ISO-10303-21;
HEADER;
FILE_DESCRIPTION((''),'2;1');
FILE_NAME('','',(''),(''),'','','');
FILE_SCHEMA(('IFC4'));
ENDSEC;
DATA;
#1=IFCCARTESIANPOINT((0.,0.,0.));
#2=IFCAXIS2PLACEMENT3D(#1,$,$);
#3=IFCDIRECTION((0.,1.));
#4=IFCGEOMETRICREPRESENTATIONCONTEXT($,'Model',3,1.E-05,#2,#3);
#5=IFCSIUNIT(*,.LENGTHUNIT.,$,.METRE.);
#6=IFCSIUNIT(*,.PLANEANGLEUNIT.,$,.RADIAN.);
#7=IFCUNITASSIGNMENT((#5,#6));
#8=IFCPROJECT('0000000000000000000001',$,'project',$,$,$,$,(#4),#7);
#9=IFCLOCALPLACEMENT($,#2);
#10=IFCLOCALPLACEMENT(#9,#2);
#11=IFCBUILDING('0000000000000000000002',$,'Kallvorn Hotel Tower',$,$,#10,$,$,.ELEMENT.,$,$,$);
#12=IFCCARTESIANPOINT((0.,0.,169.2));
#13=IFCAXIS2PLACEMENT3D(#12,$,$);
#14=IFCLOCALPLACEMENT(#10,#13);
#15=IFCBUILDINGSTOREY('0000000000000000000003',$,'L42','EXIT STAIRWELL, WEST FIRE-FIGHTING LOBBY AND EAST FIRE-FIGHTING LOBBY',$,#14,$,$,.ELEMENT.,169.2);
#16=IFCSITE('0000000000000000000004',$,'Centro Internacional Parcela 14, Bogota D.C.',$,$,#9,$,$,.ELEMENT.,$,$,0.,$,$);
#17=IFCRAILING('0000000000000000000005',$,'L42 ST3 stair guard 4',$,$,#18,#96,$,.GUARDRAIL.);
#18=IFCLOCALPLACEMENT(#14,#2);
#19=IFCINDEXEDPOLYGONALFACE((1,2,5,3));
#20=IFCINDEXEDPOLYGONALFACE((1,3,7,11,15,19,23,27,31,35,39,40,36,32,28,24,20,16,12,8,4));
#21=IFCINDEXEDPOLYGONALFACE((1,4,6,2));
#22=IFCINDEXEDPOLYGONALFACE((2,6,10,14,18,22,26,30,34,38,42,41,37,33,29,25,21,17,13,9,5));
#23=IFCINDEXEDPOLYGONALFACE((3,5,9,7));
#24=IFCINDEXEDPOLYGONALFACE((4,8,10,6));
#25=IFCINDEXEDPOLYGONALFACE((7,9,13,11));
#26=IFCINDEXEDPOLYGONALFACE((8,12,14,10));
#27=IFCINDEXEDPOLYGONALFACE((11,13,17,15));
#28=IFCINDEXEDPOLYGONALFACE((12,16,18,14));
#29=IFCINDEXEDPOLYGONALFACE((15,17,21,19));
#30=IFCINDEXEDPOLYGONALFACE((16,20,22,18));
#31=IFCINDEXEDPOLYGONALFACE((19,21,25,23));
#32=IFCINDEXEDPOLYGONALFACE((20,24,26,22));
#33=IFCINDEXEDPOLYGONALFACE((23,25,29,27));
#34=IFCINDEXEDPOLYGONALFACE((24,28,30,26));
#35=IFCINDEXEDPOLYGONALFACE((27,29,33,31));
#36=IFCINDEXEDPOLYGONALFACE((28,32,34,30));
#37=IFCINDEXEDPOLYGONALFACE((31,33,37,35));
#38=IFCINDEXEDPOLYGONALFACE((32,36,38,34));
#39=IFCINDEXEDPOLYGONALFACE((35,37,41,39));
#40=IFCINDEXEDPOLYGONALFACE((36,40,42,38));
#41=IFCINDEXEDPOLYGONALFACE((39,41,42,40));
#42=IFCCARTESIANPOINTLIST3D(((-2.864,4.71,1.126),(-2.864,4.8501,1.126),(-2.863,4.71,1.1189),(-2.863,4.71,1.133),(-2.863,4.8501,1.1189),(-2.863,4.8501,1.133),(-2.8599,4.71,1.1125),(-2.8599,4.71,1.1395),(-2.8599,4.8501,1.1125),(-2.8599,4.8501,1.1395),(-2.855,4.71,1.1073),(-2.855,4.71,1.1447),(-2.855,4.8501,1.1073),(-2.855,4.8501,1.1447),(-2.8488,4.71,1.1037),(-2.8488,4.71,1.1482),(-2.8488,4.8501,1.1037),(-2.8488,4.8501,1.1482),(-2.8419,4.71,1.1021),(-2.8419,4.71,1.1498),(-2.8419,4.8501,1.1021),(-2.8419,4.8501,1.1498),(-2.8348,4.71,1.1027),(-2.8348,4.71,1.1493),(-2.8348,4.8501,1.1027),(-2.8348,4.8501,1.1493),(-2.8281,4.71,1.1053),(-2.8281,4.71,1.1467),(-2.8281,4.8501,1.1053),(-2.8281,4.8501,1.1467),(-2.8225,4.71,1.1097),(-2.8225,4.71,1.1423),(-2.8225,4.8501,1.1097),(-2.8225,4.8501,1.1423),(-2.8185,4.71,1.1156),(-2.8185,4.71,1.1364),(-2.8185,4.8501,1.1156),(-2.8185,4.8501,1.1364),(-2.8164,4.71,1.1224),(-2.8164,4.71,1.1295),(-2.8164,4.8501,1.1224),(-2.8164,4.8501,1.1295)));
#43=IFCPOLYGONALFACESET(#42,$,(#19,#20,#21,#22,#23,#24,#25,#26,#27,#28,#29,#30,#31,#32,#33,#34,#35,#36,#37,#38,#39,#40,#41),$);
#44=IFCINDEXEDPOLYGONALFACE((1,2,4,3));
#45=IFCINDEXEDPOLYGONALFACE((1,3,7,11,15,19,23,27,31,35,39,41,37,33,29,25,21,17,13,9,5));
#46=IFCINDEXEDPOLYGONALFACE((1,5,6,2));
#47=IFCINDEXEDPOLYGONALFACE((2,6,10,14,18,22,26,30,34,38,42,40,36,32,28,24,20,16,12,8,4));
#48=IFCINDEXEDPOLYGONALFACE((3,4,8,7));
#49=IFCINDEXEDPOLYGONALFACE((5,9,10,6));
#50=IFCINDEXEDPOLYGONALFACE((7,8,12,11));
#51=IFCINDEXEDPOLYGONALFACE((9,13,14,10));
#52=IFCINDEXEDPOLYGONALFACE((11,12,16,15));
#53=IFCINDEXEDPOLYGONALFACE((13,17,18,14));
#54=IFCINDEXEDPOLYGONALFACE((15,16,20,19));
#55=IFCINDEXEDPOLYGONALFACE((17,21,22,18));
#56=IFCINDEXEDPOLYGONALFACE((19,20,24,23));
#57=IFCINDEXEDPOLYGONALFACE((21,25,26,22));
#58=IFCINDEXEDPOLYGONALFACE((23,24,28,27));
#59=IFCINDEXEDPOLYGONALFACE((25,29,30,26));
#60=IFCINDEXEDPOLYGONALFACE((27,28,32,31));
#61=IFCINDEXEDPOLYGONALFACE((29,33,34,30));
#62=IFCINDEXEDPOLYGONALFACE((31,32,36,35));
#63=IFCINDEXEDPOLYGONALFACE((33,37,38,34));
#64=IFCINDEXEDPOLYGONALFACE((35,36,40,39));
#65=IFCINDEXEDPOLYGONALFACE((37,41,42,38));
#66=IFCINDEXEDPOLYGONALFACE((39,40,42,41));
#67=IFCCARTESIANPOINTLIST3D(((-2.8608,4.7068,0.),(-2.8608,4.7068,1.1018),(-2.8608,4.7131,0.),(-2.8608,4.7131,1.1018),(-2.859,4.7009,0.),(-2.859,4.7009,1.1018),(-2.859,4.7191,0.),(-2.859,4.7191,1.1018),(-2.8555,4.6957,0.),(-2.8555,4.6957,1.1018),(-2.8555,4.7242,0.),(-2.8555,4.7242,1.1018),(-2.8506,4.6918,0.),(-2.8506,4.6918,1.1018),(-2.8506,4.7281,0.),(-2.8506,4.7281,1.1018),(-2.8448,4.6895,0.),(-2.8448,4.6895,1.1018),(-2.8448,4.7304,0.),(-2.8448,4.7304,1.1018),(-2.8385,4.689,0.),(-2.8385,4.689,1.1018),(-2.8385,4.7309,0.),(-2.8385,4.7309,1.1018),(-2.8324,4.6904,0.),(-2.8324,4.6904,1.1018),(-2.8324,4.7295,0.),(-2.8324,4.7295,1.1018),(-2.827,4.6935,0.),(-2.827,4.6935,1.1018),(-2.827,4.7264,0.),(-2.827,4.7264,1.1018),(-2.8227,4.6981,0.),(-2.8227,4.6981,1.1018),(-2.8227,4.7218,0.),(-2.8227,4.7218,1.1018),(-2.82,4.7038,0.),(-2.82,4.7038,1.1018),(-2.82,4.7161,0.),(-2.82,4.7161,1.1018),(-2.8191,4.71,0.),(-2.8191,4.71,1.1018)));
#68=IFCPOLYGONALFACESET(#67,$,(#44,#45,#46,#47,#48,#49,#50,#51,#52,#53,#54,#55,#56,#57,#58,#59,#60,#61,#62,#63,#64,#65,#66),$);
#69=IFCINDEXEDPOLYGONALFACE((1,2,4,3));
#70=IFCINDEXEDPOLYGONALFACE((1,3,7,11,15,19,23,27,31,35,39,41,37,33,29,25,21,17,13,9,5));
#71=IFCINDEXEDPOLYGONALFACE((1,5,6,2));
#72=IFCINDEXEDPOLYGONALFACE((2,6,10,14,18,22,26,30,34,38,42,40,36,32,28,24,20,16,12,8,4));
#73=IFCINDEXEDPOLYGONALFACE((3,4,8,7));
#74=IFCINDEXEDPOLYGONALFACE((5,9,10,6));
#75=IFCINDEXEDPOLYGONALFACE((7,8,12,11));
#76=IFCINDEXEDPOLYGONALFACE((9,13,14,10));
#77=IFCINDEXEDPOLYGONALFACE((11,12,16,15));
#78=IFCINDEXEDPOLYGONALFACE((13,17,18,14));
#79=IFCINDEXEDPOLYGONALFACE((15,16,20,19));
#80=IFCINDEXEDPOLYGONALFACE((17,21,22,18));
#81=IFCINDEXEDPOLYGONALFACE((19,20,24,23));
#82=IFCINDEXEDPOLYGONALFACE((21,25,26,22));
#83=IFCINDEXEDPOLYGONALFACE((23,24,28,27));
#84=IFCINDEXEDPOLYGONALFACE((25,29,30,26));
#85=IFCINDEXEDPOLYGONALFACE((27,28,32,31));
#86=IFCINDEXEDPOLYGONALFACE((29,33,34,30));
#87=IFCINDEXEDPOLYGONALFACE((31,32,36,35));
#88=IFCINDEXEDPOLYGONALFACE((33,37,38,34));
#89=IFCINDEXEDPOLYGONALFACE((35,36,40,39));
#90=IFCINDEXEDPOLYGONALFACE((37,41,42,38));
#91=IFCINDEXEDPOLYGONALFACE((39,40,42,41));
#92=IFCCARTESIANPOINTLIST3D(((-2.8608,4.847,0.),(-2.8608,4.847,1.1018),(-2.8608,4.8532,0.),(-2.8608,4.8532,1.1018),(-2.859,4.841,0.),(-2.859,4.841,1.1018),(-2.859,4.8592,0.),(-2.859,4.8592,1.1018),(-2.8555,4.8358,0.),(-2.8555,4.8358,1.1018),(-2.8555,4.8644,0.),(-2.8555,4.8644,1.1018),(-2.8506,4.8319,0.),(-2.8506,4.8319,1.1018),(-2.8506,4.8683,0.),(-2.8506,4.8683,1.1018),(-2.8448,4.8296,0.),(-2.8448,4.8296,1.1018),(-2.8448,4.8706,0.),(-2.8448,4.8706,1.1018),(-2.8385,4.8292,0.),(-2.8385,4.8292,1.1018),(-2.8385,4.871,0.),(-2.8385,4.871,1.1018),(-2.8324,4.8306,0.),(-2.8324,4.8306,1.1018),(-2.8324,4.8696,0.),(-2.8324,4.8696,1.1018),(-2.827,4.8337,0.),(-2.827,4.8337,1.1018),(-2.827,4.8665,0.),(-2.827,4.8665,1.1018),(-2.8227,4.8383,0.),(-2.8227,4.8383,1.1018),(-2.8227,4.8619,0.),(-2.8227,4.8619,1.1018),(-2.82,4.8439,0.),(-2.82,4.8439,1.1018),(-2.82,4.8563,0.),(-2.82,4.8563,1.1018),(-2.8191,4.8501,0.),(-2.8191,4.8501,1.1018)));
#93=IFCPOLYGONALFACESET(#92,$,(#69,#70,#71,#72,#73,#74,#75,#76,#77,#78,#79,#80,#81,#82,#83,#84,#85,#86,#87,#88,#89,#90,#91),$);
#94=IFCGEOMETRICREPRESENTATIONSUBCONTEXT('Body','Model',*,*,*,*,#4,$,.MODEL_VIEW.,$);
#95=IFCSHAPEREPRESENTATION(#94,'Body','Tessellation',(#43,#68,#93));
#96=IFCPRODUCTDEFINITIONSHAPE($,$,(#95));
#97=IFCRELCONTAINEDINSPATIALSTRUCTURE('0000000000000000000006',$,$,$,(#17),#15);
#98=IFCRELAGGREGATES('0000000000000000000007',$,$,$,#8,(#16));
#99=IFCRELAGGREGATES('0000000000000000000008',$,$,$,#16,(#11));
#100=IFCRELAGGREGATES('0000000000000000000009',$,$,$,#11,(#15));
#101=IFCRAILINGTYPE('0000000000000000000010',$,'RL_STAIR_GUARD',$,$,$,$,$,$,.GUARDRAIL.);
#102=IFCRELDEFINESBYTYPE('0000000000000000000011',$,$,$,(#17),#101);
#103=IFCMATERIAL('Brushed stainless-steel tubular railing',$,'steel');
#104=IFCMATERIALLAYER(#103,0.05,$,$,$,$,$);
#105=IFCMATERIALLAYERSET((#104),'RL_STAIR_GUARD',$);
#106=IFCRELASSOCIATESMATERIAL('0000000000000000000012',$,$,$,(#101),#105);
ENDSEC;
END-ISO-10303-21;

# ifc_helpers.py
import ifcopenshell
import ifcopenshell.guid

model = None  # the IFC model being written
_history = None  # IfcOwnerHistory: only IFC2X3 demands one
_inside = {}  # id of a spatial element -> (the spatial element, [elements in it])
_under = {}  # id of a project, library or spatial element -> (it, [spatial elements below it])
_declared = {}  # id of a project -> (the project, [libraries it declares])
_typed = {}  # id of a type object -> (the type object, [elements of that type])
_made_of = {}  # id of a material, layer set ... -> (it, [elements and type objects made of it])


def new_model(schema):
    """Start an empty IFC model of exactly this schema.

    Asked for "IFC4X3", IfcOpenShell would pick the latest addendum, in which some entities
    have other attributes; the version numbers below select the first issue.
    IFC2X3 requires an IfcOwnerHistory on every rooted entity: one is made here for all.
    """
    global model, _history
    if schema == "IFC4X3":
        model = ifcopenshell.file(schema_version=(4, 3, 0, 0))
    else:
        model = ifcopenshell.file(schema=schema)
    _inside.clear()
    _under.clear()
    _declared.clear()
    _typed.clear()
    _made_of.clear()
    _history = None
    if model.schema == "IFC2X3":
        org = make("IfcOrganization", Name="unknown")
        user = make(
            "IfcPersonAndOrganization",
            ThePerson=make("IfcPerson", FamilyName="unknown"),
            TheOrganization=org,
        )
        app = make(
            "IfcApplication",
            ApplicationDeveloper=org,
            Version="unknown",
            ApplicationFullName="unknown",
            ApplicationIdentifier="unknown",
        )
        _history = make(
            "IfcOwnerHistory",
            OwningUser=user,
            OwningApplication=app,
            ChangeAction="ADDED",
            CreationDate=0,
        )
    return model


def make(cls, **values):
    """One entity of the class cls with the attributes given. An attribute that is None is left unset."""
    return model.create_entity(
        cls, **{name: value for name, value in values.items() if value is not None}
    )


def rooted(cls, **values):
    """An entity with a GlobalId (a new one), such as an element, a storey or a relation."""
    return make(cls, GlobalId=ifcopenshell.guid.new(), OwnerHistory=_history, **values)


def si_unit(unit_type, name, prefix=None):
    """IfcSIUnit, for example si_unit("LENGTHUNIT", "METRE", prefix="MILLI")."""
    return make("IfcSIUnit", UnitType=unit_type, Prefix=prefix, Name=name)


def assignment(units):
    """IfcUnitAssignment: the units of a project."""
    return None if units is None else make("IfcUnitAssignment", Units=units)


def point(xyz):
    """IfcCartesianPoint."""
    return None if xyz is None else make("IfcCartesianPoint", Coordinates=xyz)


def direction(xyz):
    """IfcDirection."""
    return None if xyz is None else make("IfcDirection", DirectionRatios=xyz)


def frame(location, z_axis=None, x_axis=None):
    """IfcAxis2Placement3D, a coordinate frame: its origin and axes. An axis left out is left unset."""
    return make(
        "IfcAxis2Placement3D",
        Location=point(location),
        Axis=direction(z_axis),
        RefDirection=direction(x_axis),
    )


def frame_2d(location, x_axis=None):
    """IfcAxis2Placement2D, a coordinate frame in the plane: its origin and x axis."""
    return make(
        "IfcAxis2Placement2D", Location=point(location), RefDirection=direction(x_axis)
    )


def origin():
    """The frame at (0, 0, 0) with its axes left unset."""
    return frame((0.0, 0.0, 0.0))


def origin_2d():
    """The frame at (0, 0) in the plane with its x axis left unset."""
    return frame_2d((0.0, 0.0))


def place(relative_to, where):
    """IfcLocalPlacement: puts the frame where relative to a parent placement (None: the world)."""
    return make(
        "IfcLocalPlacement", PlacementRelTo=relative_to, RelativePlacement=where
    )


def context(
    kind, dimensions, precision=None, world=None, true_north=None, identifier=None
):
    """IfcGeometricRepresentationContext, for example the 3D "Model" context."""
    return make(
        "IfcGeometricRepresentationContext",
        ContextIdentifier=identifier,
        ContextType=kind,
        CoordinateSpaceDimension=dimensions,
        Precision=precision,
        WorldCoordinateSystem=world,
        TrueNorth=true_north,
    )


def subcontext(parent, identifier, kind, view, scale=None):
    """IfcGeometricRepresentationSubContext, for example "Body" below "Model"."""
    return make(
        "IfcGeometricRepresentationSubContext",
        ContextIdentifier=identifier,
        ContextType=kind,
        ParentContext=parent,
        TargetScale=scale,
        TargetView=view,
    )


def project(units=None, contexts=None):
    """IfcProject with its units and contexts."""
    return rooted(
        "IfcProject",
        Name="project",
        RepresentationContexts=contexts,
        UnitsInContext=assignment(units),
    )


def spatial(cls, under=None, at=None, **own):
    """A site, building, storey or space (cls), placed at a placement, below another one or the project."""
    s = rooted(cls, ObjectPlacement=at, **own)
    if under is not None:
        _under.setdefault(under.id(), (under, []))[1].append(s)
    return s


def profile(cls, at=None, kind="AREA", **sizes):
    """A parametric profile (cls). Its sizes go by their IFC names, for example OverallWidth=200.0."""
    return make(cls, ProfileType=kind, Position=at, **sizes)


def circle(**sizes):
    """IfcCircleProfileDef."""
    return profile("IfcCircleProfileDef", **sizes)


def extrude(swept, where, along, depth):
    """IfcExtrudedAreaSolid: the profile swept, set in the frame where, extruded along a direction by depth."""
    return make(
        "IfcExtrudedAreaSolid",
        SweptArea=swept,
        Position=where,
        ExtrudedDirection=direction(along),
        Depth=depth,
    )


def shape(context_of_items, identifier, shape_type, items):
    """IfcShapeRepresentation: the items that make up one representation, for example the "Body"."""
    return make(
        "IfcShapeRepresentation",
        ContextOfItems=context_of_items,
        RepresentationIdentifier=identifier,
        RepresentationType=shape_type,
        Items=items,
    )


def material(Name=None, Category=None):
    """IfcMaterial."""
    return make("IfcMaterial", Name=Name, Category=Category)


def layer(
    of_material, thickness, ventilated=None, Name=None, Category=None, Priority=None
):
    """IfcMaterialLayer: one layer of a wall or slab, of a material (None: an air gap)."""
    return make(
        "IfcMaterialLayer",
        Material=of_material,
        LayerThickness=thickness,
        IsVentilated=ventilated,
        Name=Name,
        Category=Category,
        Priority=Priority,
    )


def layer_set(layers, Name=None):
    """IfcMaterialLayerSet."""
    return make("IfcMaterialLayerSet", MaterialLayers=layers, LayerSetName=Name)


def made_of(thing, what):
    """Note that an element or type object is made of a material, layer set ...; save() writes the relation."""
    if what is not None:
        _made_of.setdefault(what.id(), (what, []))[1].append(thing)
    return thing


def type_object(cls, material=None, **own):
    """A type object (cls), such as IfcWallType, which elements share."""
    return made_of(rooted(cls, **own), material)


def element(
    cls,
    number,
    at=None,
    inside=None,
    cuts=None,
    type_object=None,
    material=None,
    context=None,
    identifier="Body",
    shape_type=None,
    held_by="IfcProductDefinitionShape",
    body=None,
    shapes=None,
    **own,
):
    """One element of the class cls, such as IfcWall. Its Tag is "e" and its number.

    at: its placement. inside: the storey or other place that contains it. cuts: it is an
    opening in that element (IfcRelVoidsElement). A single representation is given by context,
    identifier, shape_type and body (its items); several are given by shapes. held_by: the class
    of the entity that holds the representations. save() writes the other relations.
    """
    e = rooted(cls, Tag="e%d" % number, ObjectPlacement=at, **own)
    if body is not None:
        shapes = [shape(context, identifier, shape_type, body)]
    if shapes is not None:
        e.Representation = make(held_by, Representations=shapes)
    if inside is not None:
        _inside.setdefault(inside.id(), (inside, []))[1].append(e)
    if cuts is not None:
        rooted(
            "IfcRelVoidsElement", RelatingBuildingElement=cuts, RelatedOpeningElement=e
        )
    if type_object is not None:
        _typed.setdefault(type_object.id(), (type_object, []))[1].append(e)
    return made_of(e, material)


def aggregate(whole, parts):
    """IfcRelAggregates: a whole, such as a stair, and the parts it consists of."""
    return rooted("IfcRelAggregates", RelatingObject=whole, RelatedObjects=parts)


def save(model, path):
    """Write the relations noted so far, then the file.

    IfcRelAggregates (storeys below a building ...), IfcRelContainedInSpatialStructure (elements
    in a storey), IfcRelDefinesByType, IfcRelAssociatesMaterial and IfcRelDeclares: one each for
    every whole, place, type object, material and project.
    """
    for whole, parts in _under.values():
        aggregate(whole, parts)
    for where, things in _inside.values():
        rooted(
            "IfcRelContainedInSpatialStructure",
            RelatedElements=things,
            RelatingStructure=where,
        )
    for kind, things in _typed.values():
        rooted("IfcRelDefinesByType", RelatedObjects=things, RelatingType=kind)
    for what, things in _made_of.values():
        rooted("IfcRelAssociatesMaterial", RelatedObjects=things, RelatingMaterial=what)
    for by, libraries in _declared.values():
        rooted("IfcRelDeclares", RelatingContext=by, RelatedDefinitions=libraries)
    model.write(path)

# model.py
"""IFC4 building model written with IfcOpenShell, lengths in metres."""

from ifc_helpers import new_model, si_unit, direction, frame, origin, origin_2d, place, context, subcontext, project, spatial, circle, extrude, material, layer, layer_set, type_object, element, save


model = new_model("IFC4")

# Units and contexts
model_context = context("Model", 3, precision=1e-05, world=origin(), true_north=direction((0.0, 1.0)))
body_context = subcontext(model_context, "Body", "Model", "MODEL_VIEW")
ifc_project = project(units=[si_unit("LENGTHUNIT", "METRE"), si_unit("PLANEANGLEUNIT", "RADIAN")], contexts=[model_context])

# Site, building, storey
site_placement = place(None, origin())
site = spatial("IfcSite", under=ifc_project, at=site_placement, Name="Centro Internacional Parcela 14, Bogota D.C.", CompositionType="ELEMENT", RefElevation=0.0)
building_placement = place(site_placement, origin())
building = spatial("IfcBuilding", under=site, at=building_placement, Name="Kallvorn Hotel Tower", CompositionType="ELEMENT")
storey_placement = place(building_placement, frame((0.0, 0.0, 169.2)))
storey = spatial("IfcBuildingStorey", under=building, at=storey_placement, Name="L42", Description="EXIT STAIRWELL, WEST FIRE-FIGHTING LOBBY AND EAST FIRE-FIGHTING LOBBY", CompositionType="ELEMENT", Elevation=169.2)

# Railing
ifc_material_1 = material(Name="Brushed stainless-steel tubular railing", Category="steel")
ifc_layer_1 = layer(ifc_material_1, 0.05)
ifc_layer_set_1 = layer_set([ifc_layer_1], Name="RL_STAIR_GUARD")
railing_type_1 = type_object("IfcRailingType", Name="RL_STAIR_GUARD", PredefinedType="GUARDRAIL", material=ifc_layer_set_1)
railing_1_placement = place(storey_placement, frame((-2.8401, 4.71, 0.0)))
element("IfcRailing", 1, at=railing_1_placement, inside=storey, type_object=railing_type_1, Name="L42 ST3 stair guard 4", PredefinedType="GUARDRAIL", context=body_context, shape_type="SweptSolid", body=[
    extrude(circle(Radius=0.0239, at=origin_2d()), frame((0.0, 0.0, 1.126), z_axis=(0.0, 1.0, 0.0), x_axis=(-1.0, 0.0, 0.0)), (0.0, 0.0, 1.0), 0.1401),
    extrude(circle(Radius=0.021, at=origin_2d()), origin(), (0.0, 0.0, 1.0), 1.1018),
    extrude(circle(Radius=0.021, at=origin_2d()), frame((0.0, 0.1401, 0.0)), (0.0, 0.0, 1.0), 1.1018),
])

save(model, "model.ifc")
